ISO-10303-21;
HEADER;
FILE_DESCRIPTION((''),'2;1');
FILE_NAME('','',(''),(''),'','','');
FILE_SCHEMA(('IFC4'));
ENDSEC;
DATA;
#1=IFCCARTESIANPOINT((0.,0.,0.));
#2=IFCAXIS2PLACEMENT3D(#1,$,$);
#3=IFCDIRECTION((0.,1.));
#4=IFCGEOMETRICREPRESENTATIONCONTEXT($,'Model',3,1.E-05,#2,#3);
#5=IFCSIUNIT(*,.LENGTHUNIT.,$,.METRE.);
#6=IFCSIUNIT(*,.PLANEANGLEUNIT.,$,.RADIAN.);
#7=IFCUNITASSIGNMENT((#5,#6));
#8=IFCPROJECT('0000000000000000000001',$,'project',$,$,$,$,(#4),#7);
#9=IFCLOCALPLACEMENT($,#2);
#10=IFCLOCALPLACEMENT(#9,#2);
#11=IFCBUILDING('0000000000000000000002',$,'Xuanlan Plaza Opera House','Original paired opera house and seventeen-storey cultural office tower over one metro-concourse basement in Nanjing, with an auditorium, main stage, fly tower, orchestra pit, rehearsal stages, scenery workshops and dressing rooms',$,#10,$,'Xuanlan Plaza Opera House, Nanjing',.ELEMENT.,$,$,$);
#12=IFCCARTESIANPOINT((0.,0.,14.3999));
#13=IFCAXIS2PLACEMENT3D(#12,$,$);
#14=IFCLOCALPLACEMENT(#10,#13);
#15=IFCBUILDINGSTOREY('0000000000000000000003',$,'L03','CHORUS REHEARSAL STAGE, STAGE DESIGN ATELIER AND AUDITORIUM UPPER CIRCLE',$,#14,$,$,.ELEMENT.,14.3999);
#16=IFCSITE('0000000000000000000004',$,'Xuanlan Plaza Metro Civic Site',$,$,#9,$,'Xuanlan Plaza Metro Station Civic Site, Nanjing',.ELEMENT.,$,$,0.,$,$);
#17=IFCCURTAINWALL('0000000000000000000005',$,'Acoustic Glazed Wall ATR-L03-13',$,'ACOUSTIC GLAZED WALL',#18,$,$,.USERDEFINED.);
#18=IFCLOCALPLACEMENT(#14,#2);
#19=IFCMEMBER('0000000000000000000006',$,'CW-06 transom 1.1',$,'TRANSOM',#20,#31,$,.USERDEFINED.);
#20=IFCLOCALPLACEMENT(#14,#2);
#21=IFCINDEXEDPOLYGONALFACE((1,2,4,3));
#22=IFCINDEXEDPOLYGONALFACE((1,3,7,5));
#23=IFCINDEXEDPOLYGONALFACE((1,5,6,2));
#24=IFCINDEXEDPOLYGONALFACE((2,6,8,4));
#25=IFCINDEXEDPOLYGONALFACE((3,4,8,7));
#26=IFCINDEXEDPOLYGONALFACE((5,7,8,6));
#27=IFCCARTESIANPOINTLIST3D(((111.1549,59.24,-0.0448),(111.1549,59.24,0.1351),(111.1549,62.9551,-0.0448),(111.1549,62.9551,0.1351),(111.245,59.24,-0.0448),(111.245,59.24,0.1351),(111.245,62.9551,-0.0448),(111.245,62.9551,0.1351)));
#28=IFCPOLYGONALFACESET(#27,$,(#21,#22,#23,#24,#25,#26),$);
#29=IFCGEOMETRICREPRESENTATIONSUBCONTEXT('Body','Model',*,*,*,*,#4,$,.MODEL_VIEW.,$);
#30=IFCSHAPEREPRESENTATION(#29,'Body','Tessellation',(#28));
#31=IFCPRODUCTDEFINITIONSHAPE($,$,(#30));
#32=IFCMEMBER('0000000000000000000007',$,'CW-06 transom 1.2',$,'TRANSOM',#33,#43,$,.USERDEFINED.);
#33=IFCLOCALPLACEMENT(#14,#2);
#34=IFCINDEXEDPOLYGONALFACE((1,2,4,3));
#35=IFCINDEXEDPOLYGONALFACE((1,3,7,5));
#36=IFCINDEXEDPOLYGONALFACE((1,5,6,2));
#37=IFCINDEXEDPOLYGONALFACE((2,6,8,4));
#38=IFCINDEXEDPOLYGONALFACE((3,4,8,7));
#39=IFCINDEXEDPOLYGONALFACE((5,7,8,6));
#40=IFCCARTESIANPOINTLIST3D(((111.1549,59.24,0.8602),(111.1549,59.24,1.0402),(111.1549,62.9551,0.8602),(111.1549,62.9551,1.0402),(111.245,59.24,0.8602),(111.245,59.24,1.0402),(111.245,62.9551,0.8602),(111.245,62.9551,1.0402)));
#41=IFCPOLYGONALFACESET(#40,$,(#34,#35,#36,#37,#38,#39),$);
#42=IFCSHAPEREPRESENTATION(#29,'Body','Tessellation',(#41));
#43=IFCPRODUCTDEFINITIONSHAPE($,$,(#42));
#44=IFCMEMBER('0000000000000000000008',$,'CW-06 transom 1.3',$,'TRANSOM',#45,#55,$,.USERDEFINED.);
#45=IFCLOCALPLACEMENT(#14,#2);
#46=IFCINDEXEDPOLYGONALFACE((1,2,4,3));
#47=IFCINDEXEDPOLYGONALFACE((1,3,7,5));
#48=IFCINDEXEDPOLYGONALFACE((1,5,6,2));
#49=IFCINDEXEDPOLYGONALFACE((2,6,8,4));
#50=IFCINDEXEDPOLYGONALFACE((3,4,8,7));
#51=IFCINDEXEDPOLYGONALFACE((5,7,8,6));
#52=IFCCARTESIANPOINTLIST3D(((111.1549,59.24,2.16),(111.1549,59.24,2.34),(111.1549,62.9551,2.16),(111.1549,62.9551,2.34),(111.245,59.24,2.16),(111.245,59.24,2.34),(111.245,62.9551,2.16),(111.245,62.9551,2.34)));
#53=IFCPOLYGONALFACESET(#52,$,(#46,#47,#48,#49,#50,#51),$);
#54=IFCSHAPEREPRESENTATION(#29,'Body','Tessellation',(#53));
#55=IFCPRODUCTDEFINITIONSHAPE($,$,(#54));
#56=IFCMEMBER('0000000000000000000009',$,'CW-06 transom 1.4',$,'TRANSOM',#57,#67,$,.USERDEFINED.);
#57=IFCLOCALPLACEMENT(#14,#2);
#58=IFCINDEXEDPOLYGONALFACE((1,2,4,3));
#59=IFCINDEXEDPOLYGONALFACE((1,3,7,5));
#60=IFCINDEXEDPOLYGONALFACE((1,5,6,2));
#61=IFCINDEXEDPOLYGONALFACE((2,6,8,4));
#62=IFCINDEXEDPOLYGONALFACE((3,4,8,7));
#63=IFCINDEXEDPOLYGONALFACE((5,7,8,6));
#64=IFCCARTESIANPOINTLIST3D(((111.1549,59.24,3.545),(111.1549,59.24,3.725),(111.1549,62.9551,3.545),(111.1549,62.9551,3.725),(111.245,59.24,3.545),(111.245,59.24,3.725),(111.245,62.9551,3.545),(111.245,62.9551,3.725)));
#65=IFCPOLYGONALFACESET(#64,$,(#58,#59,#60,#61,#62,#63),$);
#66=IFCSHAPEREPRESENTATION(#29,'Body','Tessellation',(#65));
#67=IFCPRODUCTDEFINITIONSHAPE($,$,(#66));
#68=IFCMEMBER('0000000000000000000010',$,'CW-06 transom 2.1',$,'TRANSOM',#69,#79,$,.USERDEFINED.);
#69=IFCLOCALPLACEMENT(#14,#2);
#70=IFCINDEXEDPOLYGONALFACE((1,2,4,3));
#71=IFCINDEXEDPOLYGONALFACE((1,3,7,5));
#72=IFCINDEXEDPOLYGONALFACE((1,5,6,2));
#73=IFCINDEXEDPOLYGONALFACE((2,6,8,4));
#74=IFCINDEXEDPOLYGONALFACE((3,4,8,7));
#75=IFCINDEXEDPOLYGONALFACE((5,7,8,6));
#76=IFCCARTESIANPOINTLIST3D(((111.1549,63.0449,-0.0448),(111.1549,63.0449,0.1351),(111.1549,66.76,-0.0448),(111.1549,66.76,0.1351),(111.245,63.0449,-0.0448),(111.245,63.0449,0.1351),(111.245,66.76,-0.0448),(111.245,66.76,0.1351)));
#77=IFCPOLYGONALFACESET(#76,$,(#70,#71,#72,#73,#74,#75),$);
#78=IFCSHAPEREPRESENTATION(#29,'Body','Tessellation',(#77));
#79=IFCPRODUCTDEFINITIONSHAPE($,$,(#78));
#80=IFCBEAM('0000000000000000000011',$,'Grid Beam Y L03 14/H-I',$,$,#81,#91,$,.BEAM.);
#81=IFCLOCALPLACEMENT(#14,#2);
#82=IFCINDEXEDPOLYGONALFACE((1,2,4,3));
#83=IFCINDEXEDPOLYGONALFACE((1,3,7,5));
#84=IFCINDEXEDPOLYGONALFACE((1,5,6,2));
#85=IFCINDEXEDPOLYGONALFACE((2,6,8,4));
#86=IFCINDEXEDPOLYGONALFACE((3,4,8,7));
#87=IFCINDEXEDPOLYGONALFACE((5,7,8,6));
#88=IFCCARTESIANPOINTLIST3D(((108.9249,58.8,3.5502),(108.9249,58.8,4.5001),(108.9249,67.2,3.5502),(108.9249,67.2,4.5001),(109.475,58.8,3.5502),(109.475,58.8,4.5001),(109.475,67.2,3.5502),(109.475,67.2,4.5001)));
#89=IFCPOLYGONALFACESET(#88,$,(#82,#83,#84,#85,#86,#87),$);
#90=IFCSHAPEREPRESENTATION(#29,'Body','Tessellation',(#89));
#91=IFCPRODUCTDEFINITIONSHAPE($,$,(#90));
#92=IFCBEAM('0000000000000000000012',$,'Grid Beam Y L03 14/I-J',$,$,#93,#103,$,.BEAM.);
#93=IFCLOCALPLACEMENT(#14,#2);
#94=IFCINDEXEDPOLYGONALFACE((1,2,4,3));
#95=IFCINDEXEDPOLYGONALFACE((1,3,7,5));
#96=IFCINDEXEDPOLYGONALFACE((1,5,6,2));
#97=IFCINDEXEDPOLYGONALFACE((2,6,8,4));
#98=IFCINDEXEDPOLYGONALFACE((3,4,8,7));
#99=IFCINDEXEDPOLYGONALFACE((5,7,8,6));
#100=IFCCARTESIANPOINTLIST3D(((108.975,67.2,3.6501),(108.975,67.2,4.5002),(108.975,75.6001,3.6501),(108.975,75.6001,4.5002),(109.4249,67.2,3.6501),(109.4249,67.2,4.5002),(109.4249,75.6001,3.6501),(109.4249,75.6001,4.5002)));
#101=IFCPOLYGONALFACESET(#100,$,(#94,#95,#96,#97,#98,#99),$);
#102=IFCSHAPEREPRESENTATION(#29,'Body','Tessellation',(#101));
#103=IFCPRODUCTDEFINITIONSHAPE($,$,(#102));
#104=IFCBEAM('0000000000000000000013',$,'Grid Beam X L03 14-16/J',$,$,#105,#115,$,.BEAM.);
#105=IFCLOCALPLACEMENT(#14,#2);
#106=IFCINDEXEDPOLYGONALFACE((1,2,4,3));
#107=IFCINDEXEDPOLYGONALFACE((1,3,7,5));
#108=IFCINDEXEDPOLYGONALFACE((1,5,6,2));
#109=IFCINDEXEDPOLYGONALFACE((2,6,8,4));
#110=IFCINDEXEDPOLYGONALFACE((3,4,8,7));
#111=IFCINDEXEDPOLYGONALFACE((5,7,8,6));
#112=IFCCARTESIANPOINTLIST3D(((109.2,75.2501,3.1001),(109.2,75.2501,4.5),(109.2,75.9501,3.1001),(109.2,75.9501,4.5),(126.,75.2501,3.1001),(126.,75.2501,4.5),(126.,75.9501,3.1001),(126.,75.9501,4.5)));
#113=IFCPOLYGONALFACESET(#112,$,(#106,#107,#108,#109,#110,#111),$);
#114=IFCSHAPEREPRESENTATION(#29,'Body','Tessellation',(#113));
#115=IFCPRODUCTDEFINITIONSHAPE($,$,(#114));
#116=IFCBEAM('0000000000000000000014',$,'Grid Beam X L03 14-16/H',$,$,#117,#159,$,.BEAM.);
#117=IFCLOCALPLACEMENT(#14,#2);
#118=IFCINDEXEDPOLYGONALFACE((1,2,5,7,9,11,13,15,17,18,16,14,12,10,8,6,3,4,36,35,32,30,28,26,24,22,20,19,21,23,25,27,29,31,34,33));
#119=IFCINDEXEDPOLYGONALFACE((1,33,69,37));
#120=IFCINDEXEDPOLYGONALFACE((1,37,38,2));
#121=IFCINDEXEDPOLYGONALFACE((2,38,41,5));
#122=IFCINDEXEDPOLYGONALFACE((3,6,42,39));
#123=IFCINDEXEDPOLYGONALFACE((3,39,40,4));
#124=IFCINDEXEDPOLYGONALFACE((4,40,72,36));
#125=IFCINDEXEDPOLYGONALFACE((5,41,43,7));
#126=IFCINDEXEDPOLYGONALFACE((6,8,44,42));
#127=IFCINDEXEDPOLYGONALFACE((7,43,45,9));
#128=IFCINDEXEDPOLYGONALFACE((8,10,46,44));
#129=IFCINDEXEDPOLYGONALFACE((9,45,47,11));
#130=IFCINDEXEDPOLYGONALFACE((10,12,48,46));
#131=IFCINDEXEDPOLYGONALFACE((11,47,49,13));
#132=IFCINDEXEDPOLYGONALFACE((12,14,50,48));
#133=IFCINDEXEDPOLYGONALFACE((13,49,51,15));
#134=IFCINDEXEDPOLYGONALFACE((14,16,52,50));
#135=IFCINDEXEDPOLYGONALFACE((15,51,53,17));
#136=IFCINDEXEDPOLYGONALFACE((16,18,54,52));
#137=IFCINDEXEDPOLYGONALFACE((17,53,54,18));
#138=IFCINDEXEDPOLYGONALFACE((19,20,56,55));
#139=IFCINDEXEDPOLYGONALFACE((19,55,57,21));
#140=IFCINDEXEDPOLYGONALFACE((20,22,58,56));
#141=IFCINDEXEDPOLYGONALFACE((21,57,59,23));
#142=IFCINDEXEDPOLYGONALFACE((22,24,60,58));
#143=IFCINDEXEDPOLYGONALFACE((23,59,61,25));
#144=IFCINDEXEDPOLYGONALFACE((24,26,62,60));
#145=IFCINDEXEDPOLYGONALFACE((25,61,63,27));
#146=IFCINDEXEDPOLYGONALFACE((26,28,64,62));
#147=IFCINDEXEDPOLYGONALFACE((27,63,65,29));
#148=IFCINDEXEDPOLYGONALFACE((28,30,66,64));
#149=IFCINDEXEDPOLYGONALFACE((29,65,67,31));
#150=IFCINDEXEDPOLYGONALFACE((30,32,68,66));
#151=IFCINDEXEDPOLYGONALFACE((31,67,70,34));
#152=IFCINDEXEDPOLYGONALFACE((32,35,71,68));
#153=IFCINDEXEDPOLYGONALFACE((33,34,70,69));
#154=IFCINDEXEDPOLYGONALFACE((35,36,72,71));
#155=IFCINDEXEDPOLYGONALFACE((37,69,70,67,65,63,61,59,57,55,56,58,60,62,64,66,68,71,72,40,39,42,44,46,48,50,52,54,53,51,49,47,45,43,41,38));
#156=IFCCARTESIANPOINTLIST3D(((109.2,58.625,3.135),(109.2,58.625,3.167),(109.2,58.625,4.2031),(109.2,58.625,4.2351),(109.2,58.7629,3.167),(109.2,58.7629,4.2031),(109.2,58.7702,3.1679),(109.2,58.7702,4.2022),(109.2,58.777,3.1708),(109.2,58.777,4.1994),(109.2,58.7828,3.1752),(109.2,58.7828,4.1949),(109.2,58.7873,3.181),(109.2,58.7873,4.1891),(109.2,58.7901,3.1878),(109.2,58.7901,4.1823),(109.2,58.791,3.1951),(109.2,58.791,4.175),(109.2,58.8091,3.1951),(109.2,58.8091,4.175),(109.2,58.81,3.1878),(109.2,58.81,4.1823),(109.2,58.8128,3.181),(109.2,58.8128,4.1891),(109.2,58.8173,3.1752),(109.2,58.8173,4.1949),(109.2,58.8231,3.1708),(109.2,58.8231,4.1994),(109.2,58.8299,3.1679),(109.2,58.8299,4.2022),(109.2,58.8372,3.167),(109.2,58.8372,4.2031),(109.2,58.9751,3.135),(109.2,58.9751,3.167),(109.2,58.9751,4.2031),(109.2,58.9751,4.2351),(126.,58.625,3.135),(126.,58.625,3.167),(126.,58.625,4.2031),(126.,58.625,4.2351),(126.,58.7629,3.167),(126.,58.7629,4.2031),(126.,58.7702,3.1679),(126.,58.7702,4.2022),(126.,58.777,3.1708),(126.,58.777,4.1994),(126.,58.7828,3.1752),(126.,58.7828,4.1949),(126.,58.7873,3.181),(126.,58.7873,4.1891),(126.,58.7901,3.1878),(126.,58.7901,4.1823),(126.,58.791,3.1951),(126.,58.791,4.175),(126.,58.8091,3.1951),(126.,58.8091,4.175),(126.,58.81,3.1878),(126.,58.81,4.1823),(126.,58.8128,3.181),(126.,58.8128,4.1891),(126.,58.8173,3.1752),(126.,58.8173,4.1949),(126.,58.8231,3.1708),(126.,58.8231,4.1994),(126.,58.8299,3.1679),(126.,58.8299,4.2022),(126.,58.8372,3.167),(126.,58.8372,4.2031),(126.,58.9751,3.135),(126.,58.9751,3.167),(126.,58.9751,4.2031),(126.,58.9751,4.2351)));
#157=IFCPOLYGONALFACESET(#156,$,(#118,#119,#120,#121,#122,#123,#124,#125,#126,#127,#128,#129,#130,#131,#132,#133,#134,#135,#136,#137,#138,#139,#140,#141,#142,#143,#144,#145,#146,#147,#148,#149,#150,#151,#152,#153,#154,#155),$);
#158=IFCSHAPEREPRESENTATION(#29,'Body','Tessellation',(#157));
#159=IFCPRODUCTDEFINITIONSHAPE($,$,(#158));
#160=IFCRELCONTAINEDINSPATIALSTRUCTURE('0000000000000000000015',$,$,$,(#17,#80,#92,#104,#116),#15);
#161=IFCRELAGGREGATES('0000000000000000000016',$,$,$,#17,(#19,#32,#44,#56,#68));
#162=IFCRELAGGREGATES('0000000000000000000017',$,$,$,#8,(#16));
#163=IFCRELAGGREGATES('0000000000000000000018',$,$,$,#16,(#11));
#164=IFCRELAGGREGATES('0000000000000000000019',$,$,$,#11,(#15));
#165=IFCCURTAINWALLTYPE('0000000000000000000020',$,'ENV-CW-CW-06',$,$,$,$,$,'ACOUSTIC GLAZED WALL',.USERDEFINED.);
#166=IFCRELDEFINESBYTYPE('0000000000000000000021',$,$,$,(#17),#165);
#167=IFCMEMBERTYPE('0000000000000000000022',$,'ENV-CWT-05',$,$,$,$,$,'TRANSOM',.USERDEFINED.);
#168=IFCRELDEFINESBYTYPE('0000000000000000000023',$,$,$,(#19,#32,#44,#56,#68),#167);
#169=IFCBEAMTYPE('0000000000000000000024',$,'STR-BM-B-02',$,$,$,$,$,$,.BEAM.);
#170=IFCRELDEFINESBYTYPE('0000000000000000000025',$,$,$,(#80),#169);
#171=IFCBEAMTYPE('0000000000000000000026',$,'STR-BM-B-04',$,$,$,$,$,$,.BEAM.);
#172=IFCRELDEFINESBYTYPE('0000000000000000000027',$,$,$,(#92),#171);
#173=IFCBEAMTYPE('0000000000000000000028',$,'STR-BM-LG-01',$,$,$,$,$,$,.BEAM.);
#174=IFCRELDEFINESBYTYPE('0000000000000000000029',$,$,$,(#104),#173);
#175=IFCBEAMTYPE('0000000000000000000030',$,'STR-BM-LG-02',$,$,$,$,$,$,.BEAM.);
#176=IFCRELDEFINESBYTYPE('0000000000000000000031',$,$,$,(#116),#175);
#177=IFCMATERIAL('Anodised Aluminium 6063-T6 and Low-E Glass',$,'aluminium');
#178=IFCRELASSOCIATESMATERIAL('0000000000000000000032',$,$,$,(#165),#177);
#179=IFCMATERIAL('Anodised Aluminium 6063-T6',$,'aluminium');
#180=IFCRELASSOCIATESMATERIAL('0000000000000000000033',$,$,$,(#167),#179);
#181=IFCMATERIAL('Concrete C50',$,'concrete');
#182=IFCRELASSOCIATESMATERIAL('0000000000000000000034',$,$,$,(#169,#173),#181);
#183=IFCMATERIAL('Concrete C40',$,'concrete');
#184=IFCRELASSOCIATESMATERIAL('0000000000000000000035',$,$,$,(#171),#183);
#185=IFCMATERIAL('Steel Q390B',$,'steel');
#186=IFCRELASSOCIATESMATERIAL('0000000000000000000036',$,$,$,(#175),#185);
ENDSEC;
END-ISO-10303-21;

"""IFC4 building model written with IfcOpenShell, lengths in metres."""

from ifc_helpers import new_model, si_unit, direction, frame, origin, origin_2d, place, context, subcontext, project, spatial, rectangle, i_section, extrude, material, material_profile, profile_set, type_object, element, aggregate, save


model = new_model("IFC4")

# Units and contexts
model_context = context("Model", 3, precision=1e-05, world=origin(), true_north=direction((0.0, 1.0)))
body_context = subcontext(model_context, "Body", "Model", "MODEL_VIEW")
ifc_project = project(units=[si_unit("LENGTHUNIT", "METRE"), si_unit("PLANEANGLEUNIT", "RADIAN")], contexts=[model_context])

# Site, building, storey
site_placement = place(None, origin())
site = spatial("IfcSite", under=ifc_project, at=site_placement, Name="Xuanlan Plaza Metro Civic Site", LongName="Xuanlan Plaza Metro Station Civic Site, Nanjing", CompositionType="ELEMENT", RefElevation=0.0)
building_placement = place(site_placement, origin())
building = spatial("IfcBuilding", under=site, at=building_placement, Name="Xuanlan Plaza Opera House", Description="Original paired opera house and seventeen-storey cultural office tower over one metro-concourse basement in Nanjing, with an auditorium, main stage, fly tower, orchestra pit, rehearsal stages, scenery workshops and dressing rooms", LongName="Xuanlan Plaza Opera House, Nanjing", CompositionType="ELEMENT")
storey_placement = place(building_placement, frame((0.0, 0.0, 14.3999)))
storey = spatial("IfcBuildingStorey", under=building, at=storey_placement, Name="L03", Description="CHORUS REHEARSAL STAGE, STAGE DESIGN ATELIER AND AUDITORIUM UPPER CIRCLE", CompositionType="ELEMENT", Elevation=14.3999)

# Shared definitions
ifc_material_1 = material(Name="Concrete C50", Category="concrete")

# Shared definitions
ifc_material_2 = material(Name="Anodised Aluminium 6063-T6 and Low-E Glass", Category="aluminium")
curtain_wall_type = type_object("IfcCurtainWallType", Name="ENV-CW-CW-06", ElementType="ACOUSTIC GLAZED WALL", PredefinedType="USERDEFINED", material=ifc_material_2)
ifc_material_3 = material(Name="Anodised Aluminium 6063-T6", Category="aluminium")

# Curtain wall, members
curtain_wall_1_placement = place(storey_placement, origin())
curtain_wall_1 = element("IfcCurtainWall", 1, at=curtain_wall_1_placement, inside=storey, type_object=curtain_wall_type, Name="Acoustic Glazed Wall ATR-L03-13", ObjectType="ACOUSTIC GLAZED WALL", PredefinedType="USERDEFINED")
ifc_material_profile_1 = material_profile(ifc_material_3, rectangle(XDim=0.0901, YDim=0.1799, at=origin_2d()), Name="ALU-T 90x180")
ifc_profile_set_1 = profile_set([ifc_material_profile_1], Name="Anodised Aluminium 6063-T6")
member_type_1 = type_object("IfcMemberType", Name="ENV-CWT-05", ElementType="TRANSOM", PredefinedType="USERDEFINED", material=ifc_profile_set_1)
member_1_placement = place(storey_placement, frame((111.2, 59.24, 0.0452), z_axis=(0.0, 1.0, 0.0), x_axis=(-1.0, 0.0, 0.0)))
member_1 = element("IfcMember", 2, at=member_1_placement, type_object=member_type_1, Name="CW-06 transom 1.1", ObjectType="TRANSOM", PredefinedType="USERDEFINED", context=body_context, shape_type="SweptSolid", body=[
    extrude(rectangle(XDim=0.0901, YDim=0.1799, at=origin_2d()), origin(), (0.0, 0.0, 1.0), 3.7151),
])
member_2_placement = place(storey_placement, frame((111.2, 59.24, 0.9502), z_axis=(0.0, 1.0, 0.0), x_axis=(-1.0, 0.0, 0.0)))
member_2 = element("IfcMember", 3, at=member_2_placement, type_object=member_type_1, Name="CW-06 transom 1.2", ObjectType="TRANSOM", PredefinedType="USERDEFINED", context=body_context, shape_type="SweptSolid", body=[
    extrude(rectangle(XDim=0.0901, YDim=0.1799, at=origin_2d()), origin(), (0.0, 0.0, 1.0), 3.7151),
])
member_3_placement = place(storey_placement, frame((111.2, 59.24, 2.25), z_axis=(0.0, 1.0, 0.0), x_axis=(-1.0, 0.0, 0.0)))
member_3 = element("IfcMember", 4, at=member_3_placement, type_object=member_type_1, Name="CW-06 transom 1.3", ObjectType="TRANSOM", PredefinedType="USERDEFINED", context=body_context, shape_type="SweptSolid", body=[
    extrude(rectangle(XDim=0.0901, YDim=0.1799, at=origin_2d()), origin(), (0.0, 0.0, 1.0), 3.7151),
])
member_4_placement = place(storey_placement, frame((111.2, 59.24, 3.635), z_axis=(0.0, 1.0, 0.0), x_axis=(-1.0, 0.0, 0.0)))
member_4 = element("IfcMember", 5, at=member_4_placement, type_object=member_type_1, Name="CW-06 transom 1.4", ObjectType="TRANSOM", PredefinedType="USERDEFINED", context=body_context, shape_type="SweptSolid", body=[
    extrude(rectangle(XDim=0.0901, YDim=0.1799, at=origin_2d()), origin(), (0.0, 0.0, 1.0), 3.7151),
])
member_5_placement = place(storey_placement, frame((111.2, 63.0449, 0.0452), z_axis=(0.0, 1.0, 0.0), x_axis=(-1.0, 0.0, 0.0)))
member_5 = element("IfcMember", 6, at=member_5_placement, type_object=member_type_1, Name="CW-06 transom 2.1", ObjectType="TRANSOM", PredefinedType="USERDEFINED", context=body_context, shape_type="SweptSolid", body=[
    extrude(rectangle(XDim=0.0901, YDim=0.1799, at=origin_2d()), origin(), (0.0, 0.0, 1.0), 3.7151),
])

# Beams
ifc_material_profile_2 = material_profile(ifc_material_1, rectangle(XDim=0.55, YDim=0.95, at=origin_2d()), Name="RC-BM 550x950")
ifc_profile_set_2 = profile_set([ifc_material_profile_2], Name="Concrete C50")
beam_type_1 = type_object("IfcBeamType", Name="STR-BM-B-02", PredefinedType="BEAM", material=ifc_profile_set_2)
beam_1_placement = place(storey_placement, frame((109.2, 58.8, 4.0251), z_axis=(0.0, 1.0, 0.0), x_axis=(-1.0, 0.0, 0.0)))
element("IfcBeam", 7, at=beam_1_placement, inside=storey, type_object=beam_type_1, Name="Grid Beam Y L03 14/H-I", PredefinedType="BEAM", context=body_context, shape_type="SweptSolid", body=[
    extrude(rectangle(XDim=0.55, YDim=0.95, at=origin_2d()), origin(), (0.0, 0.0, 1.0), 8.3999),
])
ifc_material_4 = material(Name="Concrete C40", Category="concrete")
ifc_material_profile_3 = material_profile(ifc_material_4, rectangle(XDim=0.45, YDim=0.8501, at=origin_2d()), Name="RC-BM 450x850")
ifc_profile_set_3 = profile_set([ifc_material_profile_3], Name="Concrete C40")
beam_type_2 = type_object("IfcBeamType", Name="STR-BM-B-04", PredefinedType="BEAM", material=ifc_profile_set_3)
beam_2_placement = place(storey_placement, frame((109.2, 67.2, 4.0752), z_axis=(0.0, 1.0, 0.0), x_axis=(-1.0, 0.0, 0.0)))
element("IfcBeam", 8, at=beam_2_placement, inside=storey, type_object=beam_type_2, Name="Grid Beam Y L03 14/I-J", PredefinedType="BEAM", context=body_context, shape_type="SweptSolid", body=[
    extrude(rectangle(XDim=0.45, YDim=0.8501, at=origin_2d()), origin(), (0.0, 0.0, 1.0), 8.4001),
])
ifc_material_profile_4 = material_profile(ifc_material_1, rectangle(XDim=0.7, YDim=1.3999, at=origin_2d()), Name="RC-LG 700x1400")
ifc_profile_set_4 = profile_set([ifc_material_profile_4], Name="Concrete C50")
beam_type_3 = type_object("IfcBeamType", Name="STR-BM-LG-01", PredefinedType="BEAM", material=ifc_profile_set_4)
beam_3_placement = place(storey_placement, frame((109.2, 75.6001, 3.8), z_axis=(1.0, 0.0, 0.0), x_axis=(0.0, 1.0, 0.0)))
element("IfcBeam", 9, at=beam_3_placement, inside=storey, type_object=beam_type_3, Name="Grid Beam X L03 14-16/J", PredefinedType="BEAM", context=body_context, shape_type="SweptSolid", body=[
    extrude(rectangle(XDim=0.7, YDim=1.3999, at=origin_2d()), origin(), (0.0, 0.0, 1.0), 16.8),
])
ifc_material_5 = material(Name="Steel Q390B", Category="steel")
ifc_material_profile_5 = material_profile(ifc_material_5, i_section(OverallWidth=0.3501, OverallDepth=1.1001, WebThickness=0.0181, FlangeThickness=0.032, FilletRadius=0.0281, at=origin_2d()), Name="HN 1100x350x18x32")
ifc_profile_set_5 = profile_set([ifc_material_profile_5], Name="Steel Q390B")
beam_type_4 = type_object("IfcBeamType", Name="STR-BM-LG-02", PredefinedType="BEAM", material=ifc_profile_set_5)
for number, where, z_axis, x_axis, name in (
    (10, (109.2, 58.8, 3.6851), (1.0, 0.0, 0.0), (0.0, 1.0, 0.0), "Grid Beam X L03 14-16/H"),
):
    element("IfcBeam", number, at=place(storey_placement, frame(where, z_axis=z_axis, x_axis=x_axis)), inside=storey, type_object=beam_type_4, Name=name, PredefinedType="BEAM", context=body_context, shape_type="SweptSolid", body=[
        extrude(i_section(OverallWidth=0.3501, OverallDepth=1.1001, WebThickness=0.0181, FlangeThickness=0.032, FilletRadius=0.0281, at=origin_2d()), origin(), (0.0, 0.0, 1.0), 16.8),
    ])

aggregate(curtain_wall_1, [member_1, member_2, member_3, member_4, member_5])

save(model, "model.ifc")
